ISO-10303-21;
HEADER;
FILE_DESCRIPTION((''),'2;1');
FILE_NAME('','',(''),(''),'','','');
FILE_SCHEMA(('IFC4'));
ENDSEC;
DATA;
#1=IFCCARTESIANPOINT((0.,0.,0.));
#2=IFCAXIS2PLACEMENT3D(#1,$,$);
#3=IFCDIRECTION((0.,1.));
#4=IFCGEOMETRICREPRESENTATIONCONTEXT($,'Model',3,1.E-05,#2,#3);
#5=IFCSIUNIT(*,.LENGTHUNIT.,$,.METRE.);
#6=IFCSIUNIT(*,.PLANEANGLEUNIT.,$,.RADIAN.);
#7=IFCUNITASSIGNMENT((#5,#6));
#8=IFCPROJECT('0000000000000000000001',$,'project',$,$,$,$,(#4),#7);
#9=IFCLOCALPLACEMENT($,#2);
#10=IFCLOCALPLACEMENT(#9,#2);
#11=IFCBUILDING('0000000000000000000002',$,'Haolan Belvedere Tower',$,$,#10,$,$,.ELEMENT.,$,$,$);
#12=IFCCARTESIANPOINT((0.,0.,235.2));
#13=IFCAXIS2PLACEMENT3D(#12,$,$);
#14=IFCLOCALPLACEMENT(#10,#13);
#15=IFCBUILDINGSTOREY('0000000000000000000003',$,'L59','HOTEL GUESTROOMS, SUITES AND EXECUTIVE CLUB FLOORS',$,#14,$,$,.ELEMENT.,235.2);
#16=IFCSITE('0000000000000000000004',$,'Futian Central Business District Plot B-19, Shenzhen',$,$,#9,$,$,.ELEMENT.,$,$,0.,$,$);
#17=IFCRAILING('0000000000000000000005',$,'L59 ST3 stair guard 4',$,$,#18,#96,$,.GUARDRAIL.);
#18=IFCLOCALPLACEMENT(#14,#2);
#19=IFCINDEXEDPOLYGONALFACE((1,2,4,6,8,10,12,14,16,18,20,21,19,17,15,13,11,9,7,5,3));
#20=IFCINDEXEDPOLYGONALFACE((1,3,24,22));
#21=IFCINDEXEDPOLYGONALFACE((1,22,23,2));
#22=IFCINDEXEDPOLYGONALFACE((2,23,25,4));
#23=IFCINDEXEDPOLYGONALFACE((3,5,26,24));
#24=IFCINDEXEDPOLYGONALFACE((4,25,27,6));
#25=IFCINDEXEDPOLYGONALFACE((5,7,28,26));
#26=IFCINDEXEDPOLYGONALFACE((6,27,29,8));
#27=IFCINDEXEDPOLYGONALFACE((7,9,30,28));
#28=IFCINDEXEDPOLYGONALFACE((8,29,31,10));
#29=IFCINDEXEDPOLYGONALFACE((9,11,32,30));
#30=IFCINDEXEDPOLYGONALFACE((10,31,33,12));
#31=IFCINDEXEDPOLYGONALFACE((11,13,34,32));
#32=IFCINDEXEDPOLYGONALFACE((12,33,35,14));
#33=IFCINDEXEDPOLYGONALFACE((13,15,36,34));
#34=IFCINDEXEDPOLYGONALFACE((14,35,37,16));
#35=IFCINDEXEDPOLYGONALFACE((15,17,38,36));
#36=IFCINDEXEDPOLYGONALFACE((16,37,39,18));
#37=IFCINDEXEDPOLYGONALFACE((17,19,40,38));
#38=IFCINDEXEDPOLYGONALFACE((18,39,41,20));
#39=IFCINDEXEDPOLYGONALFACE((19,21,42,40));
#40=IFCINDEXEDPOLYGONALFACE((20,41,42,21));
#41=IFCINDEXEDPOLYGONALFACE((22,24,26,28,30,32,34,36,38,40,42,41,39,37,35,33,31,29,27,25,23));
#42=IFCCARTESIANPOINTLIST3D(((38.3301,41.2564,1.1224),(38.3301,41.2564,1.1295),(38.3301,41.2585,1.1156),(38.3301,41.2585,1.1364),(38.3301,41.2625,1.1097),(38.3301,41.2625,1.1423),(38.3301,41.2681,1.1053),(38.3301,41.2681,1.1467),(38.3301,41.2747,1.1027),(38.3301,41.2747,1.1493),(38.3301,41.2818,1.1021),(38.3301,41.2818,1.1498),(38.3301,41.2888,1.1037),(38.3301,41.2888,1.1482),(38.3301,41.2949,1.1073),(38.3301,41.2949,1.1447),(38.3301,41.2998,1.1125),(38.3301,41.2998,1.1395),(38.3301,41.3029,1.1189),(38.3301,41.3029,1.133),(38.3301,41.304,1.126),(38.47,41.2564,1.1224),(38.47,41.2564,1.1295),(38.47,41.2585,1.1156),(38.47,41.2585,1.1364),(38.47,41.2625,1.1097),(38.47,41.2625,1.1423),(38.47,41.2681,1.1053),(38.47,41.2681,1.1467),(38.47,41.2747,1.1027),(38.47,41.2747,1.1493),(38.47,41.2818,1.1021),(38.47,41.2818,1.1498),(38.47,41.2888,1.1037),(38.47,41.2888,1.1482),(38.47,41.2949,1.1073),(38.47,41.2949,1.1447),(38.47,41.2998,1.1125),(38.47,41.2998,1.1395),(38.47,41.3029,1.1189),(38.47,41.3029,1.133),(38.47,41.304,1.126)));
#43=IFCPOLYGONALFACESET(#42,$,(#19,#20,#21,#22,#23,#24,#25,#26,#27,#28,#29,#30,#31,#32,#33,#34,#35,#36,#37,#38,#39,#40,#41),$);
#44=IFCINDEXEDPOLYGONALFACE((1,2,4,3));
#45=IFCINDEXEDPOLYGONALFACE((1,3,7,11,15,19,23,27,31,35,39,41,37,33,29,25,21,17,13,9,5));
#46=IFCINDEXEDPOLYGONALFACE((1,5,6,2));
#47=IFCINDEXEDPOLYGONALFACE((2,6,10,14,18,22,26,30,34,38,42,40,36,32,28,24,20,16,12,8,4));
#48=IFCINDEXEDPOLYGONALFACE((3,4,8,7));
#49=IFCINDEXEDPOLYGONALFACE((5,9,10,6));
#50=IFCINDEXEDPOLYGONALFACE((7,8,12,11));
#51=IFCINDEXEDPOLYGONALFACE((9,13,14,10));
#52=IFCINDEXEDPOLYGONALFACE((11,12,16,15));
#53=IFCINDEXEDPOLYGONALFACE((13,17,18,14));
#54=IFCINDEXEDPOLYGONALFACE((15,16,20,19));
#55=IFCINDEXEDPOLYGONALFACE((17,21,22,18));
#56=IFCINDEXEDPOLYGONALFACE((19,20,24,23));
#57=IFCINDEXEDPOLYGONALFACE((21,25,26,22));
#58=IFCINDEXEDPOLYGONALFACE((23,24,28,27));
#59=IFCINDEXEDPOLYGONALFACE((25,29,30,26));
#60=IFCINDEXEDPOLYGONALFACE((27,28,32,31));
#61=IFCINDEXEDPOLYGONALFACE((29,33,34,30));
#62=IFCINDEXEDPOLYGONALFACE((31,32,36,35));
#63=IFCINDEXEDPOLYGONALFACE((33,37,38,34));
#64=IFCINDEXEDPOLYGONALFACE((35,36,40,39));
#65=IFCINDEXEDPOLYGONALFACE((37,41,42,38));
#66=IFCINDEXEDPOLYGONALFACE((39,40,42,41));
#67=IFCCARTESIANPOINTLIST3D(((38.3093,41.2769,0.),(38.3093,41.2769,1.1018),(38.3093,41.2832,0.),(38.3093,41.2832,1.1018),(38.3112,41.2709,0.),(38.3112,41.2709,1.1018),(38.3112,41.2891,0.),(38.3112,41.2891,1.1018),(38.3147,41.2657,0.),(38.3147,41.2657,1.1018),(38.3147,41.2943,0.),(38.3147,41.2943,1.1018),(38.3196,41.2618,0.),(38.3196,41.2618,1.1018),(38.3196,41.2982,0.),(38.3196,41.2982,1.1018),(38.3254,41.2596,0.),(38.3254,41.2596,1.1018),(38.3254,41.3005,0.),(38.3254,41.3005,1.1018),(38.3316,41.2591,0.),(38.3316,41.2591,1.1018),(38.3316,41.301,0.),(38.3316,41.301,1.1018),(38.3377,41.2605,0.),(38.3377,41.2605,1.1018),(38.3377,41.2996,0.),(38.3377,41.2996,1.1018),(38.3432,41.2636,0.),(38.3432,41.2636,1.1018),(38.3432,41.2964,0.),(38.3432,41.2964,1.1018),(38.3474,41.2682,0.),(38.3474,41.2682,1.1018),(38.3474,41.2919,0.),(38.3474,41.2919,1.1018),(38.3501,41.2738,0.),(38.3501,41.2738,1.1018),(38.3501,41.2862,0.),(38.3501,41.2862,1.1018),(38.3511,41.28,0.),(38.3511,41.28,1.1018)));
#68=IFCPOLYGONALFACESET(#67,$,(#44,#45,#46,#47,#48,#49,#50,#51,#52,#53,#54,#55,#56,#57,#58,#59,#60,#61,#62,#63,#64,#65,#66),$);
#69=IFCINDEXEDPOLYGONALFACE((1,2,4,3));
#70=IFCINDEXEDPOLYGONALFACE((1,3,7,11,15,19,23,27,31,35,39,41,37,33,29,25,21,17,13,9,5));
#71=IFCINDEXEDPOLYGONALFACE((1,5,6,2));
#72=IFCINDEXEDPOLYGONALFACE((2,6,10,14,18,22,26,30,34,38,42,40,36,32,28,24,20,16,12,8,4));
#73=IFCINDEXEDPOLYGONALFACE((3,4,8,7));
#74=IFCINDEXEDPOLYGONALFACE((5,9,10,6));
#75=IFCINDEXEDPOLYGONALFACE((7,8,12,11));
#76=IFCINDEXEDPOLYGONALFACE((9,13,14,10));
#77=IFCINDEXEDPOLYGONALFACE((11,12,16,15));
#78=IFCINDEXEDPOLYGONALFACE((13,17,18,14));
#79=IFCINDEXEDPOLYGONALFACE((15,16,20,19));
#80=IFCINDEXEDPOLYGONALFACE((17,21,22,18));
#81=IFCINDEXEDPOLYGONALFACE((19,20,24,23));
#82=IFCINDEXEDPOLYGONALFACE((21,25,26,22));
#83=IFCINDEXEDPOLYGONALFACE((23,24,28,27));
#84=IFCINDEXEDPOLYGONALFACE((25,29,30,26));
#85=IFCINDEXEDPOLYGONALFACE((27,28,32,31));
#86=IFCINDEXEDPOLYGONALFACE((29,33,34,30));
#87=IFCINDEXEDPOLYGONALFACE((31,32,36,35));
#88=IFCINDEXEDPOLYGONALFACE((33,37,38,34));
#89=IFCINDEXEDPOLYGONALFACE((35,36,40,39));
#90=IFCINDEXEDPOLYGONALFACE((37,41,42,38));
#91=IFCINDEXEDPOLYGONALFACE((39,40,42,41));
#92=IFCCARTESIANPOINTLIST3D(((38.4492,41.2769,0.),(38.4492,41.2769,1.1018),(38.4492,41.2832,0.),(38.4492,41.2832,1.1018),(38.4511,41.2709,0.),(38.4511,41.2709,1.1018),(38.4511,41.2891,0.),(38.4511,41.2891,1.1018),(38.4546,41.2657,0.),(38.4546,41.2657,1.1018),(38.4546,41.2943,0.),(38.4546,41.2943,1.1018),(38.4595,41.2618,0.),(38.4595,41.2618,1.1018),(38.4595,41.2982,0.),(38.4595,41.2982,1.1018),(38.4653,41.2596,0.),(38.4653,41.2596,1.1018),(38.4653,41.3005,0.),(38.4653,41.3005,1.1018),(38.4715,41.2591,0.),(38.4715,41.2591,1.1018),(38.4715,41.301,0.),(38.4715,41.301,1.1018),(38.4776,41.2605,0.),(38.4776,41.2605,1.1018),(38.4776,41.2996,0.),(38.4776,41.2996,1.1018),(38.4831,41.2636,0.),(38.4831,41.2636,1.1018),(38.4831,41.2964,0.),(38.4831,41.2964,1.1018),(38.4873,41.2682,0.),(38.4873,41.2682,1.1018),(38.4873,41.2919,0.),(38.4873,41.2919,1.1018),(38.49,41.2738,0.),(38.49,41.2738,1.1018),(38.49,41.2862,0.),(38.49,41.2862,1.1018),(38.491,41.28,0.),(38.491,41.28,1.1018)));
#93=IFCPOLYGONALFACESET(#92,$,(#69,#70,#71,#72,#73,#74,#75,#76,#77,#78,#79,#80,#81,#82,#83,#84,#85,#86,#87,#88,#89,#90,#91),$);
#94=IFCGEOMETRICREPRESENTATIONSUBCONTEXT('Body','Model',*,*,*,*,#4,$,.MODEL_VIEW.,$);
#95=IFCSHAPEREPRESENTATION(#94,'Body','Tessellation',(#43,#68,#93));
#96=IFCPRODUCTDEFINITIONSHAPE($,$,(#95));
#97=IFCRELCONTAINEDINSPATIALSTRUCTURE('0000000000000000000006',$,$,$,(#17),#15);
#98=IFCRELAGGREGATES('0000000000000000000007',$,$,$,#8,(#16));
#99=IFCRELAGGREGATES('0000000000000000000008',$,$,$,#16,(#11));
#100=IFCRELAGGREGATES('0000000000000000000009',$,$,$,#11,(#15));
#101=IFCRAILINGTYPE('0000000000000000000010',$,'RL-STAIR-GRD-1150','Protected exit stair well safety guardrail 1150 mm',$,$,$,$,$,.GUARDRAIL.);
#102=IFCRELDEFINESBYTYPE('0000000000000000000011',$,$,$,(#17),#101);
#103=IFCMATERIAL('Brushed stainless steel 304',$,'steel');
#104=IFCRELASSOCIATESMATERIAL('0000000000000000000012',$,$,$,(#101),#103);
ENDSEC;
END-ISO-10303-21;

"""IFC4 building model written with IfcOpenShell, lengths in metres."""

from ifc_helpers import new_model, si_unit, direction, frame, origin, origin_2d, place, context, subcontext, project, spatial, circle, extrude, material, type_object, element, save


model = new_model("IFC4")

# Units and contexts
model_context = context("Model", 3, precision=1e-05, world=origin(), true_north=direction((0.0, 1.0)))
body_context = subcontext(model_context, "Body", "Model", "MODEL_VIEW")
ifc_project = project(units=[si_unit("LENGTHUNIT", "METRE"), si_unit("PLANEANGLEUNIT", "RADIAN")], contexts=[model_context])

# Site, building, storey
site_placement = place(None, origin())
site = spatial("IfcSite", under=ifc_project, at=site_placement, Name="Futian Central Business District Plot B-19, Shenzhen", CompositionType="ELEMENT", RefElevation=0.0)
building_placement = place(site_placement, origin())
building = spatial("IfcBuilding", under=site, at=building_placement, Name="Haolan Belvedere Tower", CompositionType="ELEMENT")
storey_placement = place(building_placement, frame((0.0, 0.0, 235.2)))
storey = spatial("IfcBuildingStorey", under=building, at=storey_placement, Name="L59", Description="HOTEL GUESTROOMS, SUITES AND EXECUTIVE CLUB FLOORS", CompositionType="ELEMENT", Elevation=235.2)

# Railing
ifc_material_1 = material(Name="Brushed stainless steel 304", Category="steel")
railing_type_1 = type_object("IfcRailingType", Name="RL-STAIR-GRD-1150", Description="Protected exit stair well safety guardrail 1150 mm", PredefinedType="GUARDRAIL", material=ifc_material_1)
railing_1_placement = place(storey_placement, frame((38.3301, 41.28, 0.0)))
element("IfcRailing", 1, at=railing_1_placement, inside=storey, type_object=railing_type_1, Name="L59 ST3 stair guard 4", PredefinedType="GUARDRAIL", context=body_context, shape_type="SweptSolid", body=[
    extrude(circle(Radius=0.0239, at=origin_2d()), frame((0.0, 0.0, 1.126), z_axis=(1.0, 0.0, 0.0), x_axis=(0.0, 1.0, 0.0)), (0.0, 0.0, 1.0), 0.1399),
    extrude(circle(Radius=0.021, at=origin_2d()), origin(), (0.0, 0.0, 1.0), 1.1018),
    extrude(circle(Radius=0.021, at=origin_2d()), frame((0.1399, 0.0, 0.0)), (0.0, 0.0, 1.0), 1.1018),
])

save(model, "model.ifc")
